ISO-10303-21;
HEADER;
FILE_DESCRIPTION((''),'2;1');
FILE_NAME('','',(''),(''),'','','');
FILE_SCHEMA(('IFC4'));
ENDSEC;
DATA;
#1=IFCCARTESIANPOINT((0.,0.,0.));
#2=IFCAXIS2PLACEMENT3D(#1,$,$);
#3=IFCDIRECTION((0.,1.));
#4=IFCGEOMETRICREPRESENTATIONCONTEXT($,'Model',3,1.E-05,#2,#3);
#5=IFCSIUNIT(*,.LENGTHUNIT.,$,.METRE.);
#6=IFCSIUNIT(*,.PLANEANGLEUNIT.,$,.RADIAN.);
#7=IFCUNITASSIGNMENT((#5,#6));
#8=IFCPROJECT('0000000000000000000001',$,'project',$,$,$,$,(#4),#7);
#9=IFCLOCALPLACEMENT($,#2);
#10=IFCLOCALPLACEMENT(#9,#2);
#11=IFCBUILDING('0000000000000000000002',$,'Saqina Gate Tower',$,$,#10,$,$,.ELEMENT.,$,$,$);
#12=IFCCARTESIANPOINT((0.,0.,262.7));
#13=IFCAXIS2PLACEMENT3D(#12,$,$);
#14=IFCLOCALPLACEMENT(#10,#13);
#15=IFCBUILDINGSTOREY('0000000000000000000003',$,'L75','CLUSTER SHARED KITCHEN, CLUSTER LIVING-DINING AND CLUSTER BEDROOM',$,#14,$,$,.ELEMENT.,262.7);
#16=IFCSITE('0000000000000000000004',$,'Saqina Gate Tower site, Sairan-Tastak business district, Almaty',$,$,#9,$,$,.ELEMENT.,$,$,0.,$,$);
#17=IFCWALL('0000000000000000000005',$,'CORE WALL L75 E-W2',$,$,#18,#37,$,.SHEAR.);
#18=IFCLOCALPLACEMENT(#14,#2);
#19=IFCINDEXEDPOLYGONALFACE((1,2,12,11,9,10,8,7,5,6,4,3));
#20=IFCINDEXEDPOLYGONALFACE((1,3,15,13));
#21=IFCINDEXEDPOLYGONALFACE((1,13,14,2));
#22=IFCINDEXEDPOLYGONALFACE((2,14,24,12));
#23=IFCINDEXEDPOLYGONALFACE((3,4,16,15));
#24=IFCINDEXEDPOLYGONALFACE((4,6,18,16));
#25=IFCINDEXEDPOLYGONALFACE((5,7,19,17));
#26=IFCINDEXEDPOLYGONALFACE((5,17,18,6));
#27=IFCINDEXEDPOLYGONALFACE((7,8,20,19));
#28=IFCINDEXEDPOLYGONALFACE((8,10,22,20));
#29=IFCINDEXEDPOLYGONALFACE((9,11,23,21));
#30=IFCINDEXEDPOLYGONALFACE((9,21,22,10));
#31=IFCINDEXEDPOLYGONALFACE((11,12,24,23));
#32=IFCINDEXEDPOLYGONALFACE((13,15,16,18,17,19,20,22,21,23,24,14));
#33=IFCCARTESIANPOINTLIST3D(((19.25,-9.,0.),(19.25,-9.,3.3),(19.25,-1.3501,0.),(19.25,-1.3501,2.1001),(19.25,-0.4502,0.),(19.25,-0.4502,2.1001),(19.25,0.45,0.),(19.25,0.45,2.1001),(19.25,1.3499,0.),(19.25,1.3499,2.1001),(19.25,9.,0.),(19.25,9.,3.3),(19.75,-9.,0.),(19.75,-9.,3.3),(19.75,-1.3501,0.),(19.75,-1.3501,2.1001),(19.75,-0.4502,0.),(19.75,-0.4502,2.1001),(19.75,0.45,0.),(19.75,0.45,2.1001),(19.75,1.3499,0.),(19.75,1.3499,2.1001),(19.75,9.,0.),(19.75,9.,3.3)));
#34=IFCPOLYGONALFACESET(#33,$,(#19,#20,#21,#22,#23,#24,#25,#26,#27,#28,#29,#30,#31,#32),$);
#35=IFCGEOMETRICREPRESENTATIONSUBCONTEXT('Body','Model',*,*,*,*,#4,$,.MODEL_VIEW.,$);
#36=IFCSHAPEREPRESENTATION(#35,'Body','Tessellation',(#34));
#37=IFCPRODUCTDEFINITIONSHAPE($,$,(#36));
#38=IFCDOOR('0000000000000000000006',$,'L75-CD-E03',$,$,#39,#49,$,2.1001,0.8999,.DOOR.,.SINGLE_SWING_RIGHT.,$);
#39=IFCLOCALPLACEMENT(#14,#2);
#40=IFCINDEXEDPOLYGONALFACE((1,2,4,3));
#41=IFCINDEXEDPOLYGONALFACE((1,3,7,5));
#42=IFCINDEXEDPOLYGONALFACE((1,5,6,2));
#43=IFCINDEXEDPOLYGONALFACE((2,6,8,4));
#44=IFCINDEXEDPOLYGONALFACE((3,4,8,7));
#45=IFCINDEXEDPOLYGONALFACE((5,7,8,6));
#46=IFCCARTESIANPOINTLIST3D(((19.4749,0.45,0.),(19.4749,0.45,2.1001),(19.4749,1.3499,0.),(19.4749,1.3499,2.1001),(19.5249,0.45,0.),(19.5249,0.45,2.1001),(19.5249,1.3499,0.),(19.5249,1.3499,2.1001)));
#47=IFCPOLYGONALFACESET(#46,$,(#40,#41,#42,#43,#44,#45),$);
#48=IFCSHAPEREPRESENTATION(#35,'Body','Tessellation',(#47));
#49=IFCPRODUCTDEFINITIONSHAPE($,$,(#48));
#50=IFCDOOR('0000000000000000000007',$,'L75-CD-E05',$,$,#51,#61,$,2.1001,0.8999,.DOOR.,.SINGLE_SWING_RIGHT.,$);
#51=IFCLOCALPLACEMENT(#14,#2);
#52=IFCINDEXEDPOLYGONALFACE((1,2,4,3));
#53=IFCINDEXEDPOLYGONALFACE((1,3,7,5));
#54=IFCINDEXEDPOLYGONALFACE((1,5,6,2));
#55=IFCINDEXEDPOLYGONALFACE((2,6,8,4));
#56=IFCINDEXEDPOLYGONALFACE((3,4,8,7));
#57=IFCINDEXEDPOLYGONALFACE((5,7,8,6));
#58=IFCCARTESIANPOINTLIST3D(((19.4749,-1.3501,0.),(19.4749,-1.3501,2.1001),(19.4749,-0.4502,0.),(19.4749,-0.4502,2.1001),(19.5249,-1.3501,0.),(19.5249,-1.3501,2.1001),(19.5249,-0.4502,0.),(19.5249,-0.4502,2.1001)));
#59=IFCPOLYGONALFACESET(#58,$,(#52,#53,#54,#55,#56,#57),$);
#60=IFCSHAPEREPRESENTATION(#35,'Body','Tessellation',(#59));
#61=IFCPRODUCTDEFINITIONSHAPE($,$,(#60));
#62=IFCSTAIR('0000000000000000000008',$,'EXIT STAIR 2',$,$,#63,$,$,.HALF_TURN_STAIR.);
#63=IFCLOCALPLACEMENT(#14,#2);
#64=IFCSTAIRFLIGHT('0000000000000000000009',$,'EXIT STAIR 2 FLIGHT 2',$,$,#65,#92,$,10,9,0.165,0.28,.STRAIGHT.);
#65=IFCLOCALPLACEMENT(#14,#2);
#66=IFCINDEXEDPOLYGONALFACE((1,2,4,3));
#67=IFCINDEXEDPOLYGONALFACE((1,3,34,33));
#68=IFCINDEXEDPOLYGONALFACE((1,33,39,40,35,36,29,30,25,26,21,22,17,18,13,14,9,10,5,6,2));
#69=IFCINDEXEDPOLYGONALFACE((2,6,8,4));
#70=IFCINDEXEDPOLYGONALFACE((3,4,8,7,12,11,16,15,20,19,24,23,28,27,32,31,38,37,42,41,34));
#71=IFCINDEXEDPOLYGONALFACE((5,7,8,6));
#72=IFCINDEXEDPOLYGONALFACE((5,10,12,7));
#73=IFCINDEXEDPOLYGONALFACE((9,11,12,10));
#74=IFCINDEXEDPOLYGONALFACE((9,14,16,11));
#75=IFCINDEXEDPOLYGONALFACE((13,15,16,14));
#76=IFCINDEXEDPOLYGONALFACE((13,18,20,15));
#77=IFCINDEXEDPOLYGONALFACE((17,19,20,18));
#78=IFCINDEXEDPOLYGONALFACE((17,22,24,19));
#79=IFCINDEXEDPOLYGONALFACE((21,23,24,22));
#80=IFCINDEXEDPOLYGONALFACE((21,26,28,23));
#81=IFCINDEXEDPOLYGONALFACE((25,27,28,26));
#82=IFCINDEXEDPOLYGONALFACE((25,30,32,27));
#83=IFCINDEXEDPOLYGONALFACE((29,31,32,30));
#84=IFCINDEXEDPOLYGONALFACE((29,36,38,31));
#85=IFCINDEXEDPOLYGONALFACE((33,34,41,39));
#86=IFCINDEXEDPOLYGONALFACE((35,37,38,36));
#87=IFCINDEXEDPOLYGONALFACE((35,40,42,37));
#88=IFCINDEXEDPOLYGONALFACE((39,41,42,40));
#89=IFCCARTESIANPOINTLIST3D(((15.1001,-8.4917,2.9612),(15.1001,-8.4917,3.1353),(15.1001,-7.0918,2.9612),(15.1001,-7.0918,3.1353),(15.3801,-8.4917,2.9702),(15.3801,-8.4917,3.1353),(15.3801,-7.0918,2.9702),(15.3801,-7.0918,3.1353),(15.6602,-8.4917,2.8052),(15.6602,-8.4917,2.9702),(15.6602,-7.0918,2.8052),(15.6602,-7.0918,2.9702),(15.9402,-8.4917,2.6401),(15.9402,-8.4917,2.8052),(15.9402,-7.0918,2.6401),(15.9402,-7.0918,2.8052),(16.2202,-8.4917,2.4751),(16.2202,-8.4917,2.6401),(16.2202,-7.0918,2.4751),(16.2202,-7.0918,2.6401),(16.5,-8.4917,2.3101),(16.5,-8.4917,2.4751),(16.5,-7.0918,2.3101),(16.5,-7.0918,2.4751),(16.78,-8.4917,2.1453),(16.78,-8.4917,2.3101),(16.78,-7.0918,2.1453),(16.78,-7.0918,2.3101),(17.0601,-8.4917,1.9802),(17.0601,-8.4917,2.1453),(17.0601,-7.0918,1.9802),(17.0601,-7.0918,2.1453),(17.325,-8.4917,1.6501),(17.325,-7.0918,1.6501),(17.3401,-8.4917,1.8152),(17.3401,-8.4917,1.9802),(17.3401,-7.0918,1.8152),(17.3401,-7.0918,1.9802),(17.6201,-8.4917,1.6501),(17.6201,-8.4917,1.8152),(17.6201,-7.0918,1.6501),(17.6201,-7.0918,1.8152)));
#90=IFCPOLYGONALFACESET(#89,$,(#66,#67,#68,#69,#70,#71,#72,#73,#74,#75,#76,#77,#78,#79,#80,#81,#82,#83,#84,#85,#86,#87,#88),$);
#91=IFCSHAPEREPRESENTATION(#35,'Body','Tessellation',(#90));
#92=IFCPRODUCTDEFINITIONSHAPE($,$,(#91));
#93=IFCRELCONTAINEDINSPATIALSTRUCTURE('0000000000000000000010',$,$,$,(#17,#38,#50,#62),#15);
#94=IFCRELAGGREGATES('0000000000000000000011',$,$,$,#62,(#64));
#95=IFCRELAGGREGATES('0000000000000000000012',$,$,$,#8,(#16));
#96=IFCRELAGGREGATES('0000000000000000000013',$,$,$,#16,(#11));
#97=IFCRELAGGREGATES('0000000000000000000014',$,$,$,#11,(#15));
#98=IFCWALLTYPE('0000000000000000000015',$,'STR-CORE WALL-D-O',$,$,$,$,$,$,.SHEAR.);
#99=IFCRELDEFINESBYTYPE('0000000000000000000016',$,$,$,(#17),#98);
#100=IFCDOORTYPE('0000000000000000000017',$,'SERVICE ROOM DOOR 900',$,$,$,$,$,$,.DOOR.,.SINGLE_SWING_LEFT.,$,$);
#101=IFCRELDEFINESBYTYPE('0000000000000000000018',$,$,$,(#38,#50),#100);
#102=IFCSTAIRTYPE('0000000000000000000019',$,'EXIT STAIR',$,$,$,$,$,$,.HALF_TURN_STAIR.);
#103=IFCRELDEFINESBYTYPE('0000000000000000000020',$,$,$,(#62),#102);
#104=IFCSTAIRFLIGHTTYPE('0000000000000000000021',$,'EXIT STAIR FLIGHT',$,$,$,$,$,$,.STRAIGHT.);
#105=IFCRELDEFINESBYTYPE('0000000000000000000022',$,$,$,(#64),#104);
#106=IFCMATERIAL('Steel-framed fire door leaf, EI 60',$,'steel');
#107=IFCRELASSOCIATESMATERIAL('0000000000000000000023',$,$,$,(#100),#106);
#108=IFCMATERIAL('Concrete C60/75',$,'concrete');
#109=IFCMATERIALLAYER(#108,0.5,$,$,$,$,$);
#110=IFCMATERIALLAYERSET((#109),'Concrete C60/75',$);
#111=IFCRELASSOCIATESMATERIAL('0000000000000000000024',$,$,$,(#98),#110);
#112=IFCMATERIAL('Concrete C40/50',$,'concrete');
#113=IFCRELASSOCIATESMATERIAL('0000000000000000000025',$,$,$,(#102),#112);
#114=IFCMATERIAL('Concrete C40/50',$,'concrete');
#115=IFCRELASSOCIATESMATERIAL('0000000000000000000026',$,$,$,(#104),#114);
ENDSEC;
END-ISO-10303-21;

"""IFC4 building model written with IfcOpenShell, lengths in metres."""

from ifc_helpers import new_model, si_unit, direction, frame, frame_2d, origin, place, context, subcontext, project, spatial, polyline, rectangle, outline, extrude, material, layer, layer_set, type_object, element, fill, aggregate, save


model = new_model("IFC4")

# Units and contexts
model_context = context("Model", 3, precision=1e-05, world=origin(), true_north=direction((0.0, 1.0)))
body_context = subcontext(model_context, "Body", "Model", "MODEL_VIEW")
ifc_project = project(units=[si_unit("LENGTHUNIT", "METRE"), si_unit("PLANEANGLEUNIT", "RADIAN")], contexts=[model_context])

# Site, building, storey
site_placement = place(None, origin())
site = spatial("IfcSite", under=ifc_project, at=site_placement, Name="Saqina Gate Tower site, Sairan-Tastak business district, Almaty", CompositionType="ELEMENT", RefElevation=0.0)
building_placement = place(site_placement, origin())
building = spatial("IfcBuilding", under=site, at=building_placement, Name="Saqina Gate Tower", CompositionType="ELEMENT")
storey_placement = place(building_placement, frame((0.0, 0.0, 262.7)))
storey = spatial("IfcBuildingStorey", under=building, at=storey_placement, Name="L75", Description="CLUSTER SHARED KITCHEN, CLUSTER LIVING-DINING AND CLUSTER BEDROOM", CompositionType="ELEMENT", Elevation=262.7)

# Shared definitions
ifc_material_1 = material(Name="Steel-framed fire door leaf, EI 60", Category="steel")
door_type_1 = type_object("IfcDoorType", Name="SERVICE ROOM DOOR 900", OperationType="SINGLE_SWING_LEFT", PredefinedType="DOOR", material=ifc_material_1)

# Wall, openings, doors
ifc_material_2 = material(Name="Concrete C60/75", Category="concrete")
ifc_layer_1 = layer(ifc_material_2, 0.5)
ifc_layer_set_1 = layer_set([ifc_layer_1], Name="Concrete C60/75")
wall_type_1 = type_object("IfcWallType", Name="STR-CORE WALL-D-O", PredefinedType="SHEAR", material=ifc_layer_set_1)
wall_1_placement = place(storey_placement, frame((19.5, -9.0, 0.0), z_axis=(0.0, 0.0, 1.0), x_axis=(0.0, 1.0, 0.0)))
wall_1 = element("IfcWall", 1, at=wall_1_placement, inside=storey, type_object=wall_type_1, Name="CORE WALL L75 E-W2", PredefinedType="SHEAR", context=body_context, shape_type="SweptSolid", body=[
    extrude(rectangle(XDim=18.0, YDim=0.5, at=frame_2d((9.0, 0.0))), origin(), (0.0, 0.0, 1.0), 3.3),
])
opening_1_placement = place(wall_1_placement, frame((9.45, 0.0, 0.0)))
opening_1 = element("IfcOpeningElement", 2, at=opening_1_placement, cuts=wall_1, PredefinedType="OPENING", context=body_context, shape_type="SweptSolid", body=[
    extrude(rectangle(XDim=0.8999, YDim=2.1001, at=frame_2d((0.45, 1.05))), frame((0.0, 0.262, 0.0), z_axis=(0.0, -1.0, 0.0), x_axis=(1.0, 0.0, 0.0)), (0.0, 0.0, 1.0), 0.5239),
])
opening_2_placement = place(wall_1_placement, frame((7.6499, 0.0, 0.0)))
opening_2 = element("IfcOpeningElement", 3, at=opening_2_placement, cuts=wall_1, PredefinedType="OPENING", context=body_context, shape_type="SweptSolid", body=[
    extrude(rectangle(XDim=0.8999, YDim=2.1001, at=frame_2d((0.45, 1.05))), frame((0.0, 0.262, 0.0), z_axis=(0.0, -1.0, 0.0), x_axis=(1.0, 0.0, 0.0)), (0.0, 0.0, 1.0), 0.5239),
])
door_1_placement = place(opening_1_placement, frame((0.8999, 0.0, 0.0), z_axis=(0.0, 0.0, 1.0), x_axis=(-1.0, 0.0, 0.0)))
door_1 = element("IfcDoor", 4, at=door_1_placement, inside=storey, type_object=door_type_1, Name="L75-CD-E03", OperationType="SINGLE_SWING_RIGHT", OverallHeight=2.1001, OverallWidth=0.8999, PredefinedType="DOOR", context=body_context, shape_type="SweptSolid", body=[
    extrude(rectangle(XDim=0.8999, YDim=2.1001, at=frame_2d((0.45, 1.05))), frame((0.0, 0.0249, 0.0), z_axis=(0.0, -1.0, 0.0), x_axis=(1.0, 0.0, 0.0)), (0.0, 0.0, 1.0), 0.05),
])
fill(opening_1, door_1)
door_2_placement = place(opening_2_placement, frame((0.8999, 0.0, 0.0), z_axis=(0.0, 0.0, 1.0), x_axis=(-1.0, 0.0, 0.0)))
door_2 = element("IfcDoor", 5, at=door_2_placement, inside=storey, type_object=door_type_1, Name="L75-CD-E05", OperationType="SINGLE_SWING_RIGHT", OverallHeight=2.1001, OverallWidth=0.8999, PredefinedType="DOOR", context=body_context, shape_type="SweptSolid", body=[
    extrude(rectangle(XDim=0.8999, YDim=2.1001, at=frame_2d((0.45, 1.05))), frame((0.0, 0.0249, 0.0), z_axis=(0.0, -1.0, 0.0), x_axis=(1.0, 0.0, 0.0)), (0.0, 0.0, 1.0), 0.05),
])
fill(opening_2, door_2)

# Stair, stair flight
ifc_material_3 = material(Name="Concrete C40/50", Category="concrete")
stair_type = type_object("IfcStairType", Name="EXIT STAIR", PredefinedType="HALF_TURN_STAIR", material=ifc_material_3)
stair_placement = place(storey_placement, origin())
stair = element("IfcStair", 6, at=stair_placement, inside=storey, type_object=stair_type, Name="EXIT STAIR 2", PredefinedType="HALF_TURN_STAIR")
ifc_material_4 = material(Name="Concrete C40/50", Category="concrete")
stair_flight_type = type_object("IfcStairFlightType", Name="EXIT STAIR FLIGHT", PredefinedType="STRAIGHT", material=ifc_material_4)
stair_flight_placement = place(storey_placement, frame((17.6201, -7.7917, 1.6501), z_axis=(0.0, 0.0, 1.0), x_axis=(-1.0, 0.0, 0.0)))
stair_flight = element("IfcStairFlight", 7, at=stair_flight_placement, type_object=stair_flight_type, Name="EXIT STAIR 2 FLIGHT 2", NumberOfRisers=10, NumberOfTreads=9, PredefinedType="STRAIGHT", RiserHeight=0.165, TreadLength=0.28, context=body_context, shape_type="SweptSolid", body=[
    extrude(outline(polyline([(0.0, 0.0), (0.0, 0.165), (0.28, 0.165), (0.28, 0.3301), (0.5601, 0.3301), (0.5601, 0.4951), (0.8401, 0.4951), (0.8401, 0.6599), (1.1201, 0.6599), (1.1201, 0.825), (1.3999, 0.825), (1.3999, 0.99), (1.6799, 0.99), (1.6799, 1.155), (1.96, 1.155), (1.96, 1.3201), (2.24, 1.3201), (2.24, 1.4851), (2.52, 1.4851), (2.52, 1.6499), (2.52, 1.311), (0.2952, 0.0), (0.0, 0.0)])), frame((0.0, 0.7, 0.0), z_axis=(0.0, -1.0, 0.0), x_axis=(1.0, 0.0, 0.0)), (0.0, 0.0, 1.0), 1.3999),
])
aggregate(stair, [stair_flight])

save(model, "model.ifc")
